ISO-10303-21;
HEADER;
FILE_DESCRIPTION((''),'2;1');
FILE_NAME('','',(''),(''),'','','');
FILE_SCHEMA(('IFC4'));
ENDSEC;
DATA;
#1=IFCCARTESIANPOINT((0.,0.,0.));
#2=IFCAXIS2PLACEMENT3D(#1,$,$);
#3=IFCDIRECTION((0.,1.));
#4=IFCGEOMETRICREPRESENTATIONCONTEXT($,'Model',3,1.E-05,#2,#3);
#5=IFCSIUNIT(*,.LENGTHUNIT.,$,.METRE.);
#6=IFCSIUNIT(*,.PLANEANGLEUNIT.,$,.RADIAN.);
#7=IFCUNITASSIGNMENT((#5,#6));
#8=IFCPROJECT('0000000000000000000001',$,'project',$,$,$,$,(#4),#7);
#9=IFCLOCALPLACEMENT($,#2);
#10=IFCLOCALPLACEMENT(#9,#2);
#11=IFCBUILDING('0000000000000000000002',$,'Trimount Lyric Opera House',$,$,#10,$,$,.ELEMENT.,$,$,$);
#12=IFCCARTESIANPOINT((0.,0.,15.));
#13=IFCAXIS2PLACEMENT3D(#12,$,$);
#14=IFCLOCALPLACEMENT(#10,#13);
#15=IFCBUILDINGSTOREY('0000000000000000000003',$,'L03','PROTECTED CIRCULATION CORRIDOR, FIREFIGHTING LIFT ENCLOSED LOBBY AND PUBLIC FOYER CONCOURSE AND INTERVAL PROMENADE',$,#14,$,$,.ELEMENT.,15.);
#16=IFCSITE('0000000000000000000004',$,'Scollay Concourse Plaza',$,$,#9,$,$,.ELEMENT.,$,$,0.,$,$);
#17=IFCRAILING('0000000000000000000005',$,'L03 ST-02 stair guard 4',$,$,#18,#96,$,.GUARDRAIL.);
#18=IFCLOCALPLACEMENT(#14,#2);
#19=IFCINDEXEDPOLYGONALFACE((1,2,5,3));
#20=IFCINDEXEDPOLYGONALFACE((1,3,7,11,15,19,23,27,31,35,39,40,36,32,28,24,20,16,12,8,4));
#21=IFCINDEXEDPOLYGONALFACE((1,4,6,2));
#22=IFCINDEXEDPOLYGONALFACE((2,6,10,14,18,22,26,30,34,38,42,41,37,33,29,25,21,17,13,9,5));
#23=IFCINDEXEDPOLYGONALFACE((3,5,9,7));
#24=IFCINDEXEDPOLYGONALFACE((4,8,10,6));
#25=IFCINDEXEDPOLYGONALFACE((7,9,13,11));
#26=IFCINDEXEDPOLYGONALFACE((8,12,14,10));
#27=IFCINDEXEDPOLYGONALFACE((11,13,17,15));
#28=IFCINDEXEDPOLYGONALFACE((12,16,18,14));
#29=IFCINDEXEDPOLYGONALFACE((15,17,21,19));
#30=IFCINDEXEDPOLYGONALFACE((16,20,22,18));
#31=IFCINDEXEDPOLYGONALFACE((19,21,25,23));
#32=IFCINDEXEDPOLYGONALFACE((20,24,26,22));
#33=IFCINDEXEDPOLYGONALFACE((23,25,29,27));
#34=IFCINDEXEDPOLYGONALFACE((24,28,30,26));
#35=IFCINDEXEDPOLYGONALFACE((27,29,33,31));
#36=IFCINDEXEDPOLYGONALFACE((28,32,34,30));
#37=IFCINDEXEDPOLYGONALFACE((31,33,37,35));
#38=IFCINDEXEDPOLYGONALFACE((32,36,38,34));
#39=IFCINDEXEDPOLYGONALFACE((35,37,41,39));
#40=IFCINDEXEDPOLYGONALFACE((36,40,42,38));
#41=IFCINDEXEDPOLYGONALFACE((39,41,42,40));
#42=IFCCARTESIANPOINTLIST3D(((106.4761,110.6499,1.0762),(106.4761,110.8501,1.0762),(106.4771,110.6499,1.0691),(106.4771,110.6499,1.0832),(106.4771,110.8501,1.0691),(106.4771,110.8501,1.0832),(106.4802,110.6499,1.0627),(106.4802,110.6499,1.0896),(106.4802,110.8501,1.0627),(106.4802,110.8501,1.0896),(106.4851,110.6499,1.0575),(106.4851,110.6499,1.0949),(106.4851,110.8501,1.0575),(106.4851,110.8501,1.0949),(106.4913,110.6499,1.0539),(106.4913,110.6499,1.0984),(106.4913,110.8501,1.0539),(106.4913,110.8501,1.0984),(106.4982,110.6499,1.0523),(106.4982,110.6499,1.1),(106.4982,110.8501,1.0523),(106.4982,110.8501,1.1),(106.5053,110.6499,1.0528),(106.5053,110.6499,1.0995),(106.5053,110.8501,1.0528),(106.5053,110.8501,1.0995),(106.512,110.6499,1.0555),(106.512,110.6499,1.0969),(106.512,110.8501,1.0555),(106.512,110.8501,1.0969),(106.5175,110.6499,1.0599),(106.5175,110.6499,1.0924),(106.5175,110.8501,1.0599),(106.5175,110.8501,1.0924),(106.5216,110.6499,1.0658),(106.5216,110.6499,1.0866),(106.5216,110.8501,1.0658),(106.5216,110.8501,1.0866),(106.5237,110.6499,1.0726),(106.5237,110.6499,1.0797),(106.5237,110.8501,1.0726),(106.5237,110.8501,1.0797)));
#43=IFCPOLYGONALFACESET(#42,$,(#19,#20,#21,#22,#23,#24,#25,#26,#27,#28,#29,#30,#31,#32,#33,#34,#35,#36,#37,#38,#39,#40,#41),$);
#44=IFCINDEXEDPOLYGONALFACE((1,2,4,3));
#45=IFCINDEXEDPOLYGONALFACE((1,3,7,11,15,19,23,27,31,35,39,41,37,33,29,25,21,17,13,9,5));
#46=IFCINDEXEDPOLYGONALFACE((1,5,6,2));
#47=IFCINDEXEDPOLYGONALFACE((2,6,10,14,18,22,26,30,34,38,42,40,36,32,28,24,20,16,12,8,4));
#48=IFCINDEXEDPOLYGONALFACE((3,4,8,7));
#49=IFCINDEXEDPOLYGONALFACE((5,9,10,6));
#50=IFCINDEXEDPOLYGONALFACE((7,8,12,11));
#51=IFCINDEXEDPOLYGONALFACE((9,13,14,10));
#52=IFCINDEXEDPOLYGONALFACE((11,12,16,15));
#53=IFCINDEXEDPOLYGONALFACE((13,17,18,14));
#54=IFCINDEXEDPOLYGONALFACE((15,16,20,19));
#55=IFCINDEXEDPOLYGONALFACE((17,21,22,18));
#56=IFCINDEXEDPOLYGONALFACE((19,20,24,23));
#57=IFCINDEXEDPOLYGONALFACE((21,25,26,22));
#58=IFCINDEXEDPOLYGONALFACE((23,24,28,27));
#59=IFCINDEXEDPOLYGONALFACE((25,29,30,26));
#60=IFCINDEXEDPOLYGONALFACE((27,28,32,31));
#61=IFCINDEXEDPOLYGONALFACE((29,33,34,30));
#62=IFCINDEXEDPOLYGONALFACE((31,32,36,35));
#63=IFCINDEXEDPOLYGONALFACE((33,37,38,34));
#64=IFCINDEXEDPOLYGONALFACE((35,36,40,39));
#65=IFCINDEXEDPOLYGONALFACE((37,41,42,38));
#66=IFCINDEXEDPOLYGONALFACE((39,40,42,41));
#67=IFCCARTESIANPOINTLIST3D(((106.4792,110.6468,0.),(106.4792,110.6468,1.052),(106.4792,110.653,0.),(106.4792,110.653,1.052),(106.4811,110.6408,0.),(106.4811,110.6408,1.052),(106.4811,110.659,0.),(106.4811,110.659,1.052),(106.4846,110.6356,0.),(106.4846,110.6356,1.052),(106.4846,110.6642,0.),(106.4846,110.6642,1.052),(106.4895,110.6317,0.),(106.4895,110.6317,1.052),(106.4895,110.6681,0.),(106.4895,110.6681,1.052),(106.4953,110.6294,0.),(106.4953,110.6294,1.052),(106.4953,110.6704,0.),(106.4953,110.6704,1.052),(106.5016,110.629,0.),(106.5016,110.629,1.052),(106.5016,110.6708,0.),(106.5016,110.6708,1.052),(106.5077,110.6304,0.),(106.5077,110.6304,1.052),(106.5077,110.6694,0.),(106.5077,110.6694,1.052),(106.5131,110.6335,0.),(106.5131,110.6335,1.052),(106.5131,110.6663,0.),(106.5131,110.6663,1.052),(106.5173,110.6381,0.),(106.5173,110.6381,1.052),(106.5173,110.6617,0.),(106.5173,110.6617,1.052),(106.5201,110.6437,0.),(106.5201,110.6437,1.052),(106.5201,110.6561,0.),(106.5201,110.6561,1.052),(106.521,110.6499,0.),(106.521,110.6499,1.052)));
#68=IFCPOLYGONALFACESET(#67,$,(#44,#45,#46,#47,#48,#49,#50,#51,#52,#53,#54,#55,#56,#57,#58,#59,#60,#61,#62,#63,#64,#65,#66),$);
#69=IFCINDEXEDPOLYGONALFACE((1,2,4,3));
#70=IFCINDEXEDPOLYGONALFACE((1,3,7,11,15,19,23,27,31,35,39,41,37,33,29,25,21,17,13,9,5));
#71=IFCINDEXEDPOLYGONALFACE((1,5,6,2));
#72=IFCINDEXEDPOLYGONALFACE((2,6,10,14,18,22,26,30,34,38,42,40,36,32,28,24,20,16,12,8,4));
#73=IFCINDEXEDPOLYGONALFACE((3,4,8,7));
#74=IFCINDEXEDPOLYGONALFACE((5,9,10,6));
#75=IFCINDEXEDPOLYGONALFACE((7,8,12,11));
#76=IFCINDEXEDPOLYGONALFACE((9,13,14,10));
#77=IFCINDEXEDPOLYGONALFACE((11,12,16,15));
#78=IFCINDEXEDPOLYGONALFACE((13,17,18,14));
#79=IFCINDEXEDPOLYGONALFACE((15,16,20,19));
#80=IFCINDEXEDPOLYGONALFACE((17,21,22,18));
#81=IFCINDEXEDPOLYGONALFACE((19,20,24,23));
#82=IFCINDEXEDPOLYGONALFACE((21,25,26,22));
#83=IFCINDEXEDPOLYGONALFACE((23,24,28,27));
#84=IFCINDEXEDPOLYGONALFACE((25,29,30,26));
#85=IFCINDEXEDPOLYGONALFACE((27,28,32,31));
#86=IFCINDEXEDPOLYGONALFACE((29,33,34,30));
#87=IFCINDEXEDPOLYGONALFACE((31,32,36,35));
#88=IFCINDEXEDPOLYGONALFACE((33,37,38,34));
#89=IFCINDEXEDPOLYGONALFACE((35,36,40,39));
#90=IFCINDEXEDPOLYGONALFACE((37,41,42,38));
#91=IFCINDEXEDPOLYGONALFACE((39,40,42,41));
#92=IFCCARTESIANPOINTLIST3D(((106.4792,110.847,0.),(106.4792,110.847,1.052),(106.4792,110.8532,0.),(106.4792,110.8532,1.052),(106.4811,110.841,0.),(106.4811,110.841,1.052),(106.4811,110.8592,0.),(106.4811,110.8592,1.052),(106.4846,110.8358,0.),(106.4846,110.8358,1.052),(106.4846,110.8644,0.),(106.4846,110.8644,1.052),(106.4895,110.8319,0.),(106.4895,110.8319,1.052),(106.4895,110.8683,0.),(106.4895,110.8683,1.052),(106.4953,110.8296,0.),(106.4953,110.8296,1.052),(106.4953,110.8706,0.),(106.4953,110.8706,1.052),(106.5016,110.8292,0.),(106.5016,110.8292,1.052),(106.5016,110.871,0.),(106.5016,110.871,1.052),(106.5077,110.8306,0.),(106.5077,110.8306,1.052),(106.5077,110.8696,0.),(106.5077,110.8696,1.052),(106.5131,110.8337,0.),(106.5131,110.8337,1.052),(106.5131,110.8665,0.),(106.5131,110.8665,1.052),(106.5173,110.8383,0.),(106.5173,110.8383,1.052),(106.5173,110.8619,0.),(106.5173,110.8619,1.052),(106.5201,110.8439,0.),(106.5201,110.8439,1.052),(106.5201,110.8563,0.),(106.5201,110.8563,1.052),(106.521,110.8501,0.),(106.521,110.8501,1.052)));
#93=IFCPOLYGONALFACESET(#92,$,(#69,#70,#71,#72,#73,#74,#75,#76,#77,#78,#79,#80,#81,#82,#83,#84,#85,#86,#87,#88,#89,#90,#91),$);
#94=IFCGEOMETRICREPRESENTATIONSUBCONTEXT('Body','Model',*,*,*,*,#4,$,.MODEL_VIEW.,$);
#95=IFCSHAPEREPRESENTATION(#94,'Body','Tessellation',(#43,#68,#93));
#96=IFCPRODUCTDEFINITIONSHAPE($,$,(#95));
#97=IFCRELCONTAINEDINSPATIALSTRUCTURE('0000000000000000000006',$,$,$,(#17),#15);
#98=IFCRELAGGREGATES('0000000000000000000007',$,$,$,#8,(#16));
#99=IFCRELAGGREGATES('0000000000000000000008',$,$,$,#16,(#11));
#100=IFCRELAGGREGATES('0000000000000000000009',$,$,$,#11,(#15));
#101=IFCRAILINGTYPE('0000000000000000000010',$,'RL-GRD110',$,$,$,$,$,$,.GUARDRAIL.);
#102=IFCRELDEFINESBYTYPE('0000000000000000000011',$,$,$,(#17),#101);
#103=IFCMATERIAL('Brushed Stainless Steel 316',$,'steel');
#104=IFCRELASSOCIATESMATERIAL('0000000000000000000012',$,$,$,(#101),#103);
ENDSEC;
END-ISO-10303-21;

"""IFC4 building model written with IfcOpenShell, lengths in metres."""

from ifc_helpers import new_model, si_unit, direction, frame, origin, origin_2d, place, context, subcontext, project, spatial, circle, extrude, material, type_object, element, save


model = new_model("IFC4")

# Units and contexts
model_context = context("Model", 3, precision=1e-05, world=origin(), true_north=direction((0.0, 1.0)))
body_context = subcontext(model_context, "Body", "Model", "MODEL_VIEW")
ifc_project = project(units=[si_unit("LENGTHUNIT", "METRE"), si_unit("PLANEANGLEUNIT", "RADIAN")], contexts=[model_context])

# Site, building, storey
site_placement = place(None, origin())
site = spatial("IfcSite", under=ifc_project, at=site_placement, Name="Scollay Concourse Plaza", CompositionType="ELEMENT", RefElevation=0.0)
building_placement = place(site_placement, origin())
building = spatial("IfcBuilding", under=site, at=building_placement, Name="Trimount Lyric Opera House", CompositionType="ELEMENT")
storey_placement = place(building_placement, frame((0.0, 0.0, 15.0)))
storey = spatial("IfcBuildingStorey", under=building, at=storey_placement, Name="L03", Description="PROTECTED CIRCULATION CORRIDOR, FIREFIGHTING LIFT ENCLOSED LOBBY AND PUBLIC FOYER CONCOURSE AND INTERVAL PROMENADE", CompositionType="ELEMENT", Elevation=15.0)

# Railing
ifc_material_1 = material(Name="Brushed Stainless Steel 316", Category="steel")
railing_type_1 = type_object("IfcRailingType", Name="RL-GRD110", PredefinedType="GUARDRAIL", material=ifc_material_1)
railing_1_placement = place(storey_placement, frame((106.5, 110.6499, 0.0)))
element("IfcRailing", 1, at=railing_1_placement, inside=storey, type_object=railing_type_1, Name="L03 ST-02 stair guard 4", PredefinedType="GUARDRAIL", context=body_context, shape_type="SweptSolid", body=[
    extrude(circle(Radius=0.0239, at=origin_2d()), frame((0.0, 0.0, 1.0762), z_axis=(0.0, 1.0, 0.0), x_axis=(-1.0, 0.0, 0.0)), (0.0, 0.0, 1.0), 0.2002),
    extrude(circle(Radius=0.021, at=origin_2d()), origin(), (0.0, 0.0, 1.0), 1.052),
    extrude(circle(Radius=0.021, at=origin_2d()), frame((0.0, 0.2002, 0.0)), (0.0, 0.0, 1.0), 1.052),
])

save(model, "model.ifc")
